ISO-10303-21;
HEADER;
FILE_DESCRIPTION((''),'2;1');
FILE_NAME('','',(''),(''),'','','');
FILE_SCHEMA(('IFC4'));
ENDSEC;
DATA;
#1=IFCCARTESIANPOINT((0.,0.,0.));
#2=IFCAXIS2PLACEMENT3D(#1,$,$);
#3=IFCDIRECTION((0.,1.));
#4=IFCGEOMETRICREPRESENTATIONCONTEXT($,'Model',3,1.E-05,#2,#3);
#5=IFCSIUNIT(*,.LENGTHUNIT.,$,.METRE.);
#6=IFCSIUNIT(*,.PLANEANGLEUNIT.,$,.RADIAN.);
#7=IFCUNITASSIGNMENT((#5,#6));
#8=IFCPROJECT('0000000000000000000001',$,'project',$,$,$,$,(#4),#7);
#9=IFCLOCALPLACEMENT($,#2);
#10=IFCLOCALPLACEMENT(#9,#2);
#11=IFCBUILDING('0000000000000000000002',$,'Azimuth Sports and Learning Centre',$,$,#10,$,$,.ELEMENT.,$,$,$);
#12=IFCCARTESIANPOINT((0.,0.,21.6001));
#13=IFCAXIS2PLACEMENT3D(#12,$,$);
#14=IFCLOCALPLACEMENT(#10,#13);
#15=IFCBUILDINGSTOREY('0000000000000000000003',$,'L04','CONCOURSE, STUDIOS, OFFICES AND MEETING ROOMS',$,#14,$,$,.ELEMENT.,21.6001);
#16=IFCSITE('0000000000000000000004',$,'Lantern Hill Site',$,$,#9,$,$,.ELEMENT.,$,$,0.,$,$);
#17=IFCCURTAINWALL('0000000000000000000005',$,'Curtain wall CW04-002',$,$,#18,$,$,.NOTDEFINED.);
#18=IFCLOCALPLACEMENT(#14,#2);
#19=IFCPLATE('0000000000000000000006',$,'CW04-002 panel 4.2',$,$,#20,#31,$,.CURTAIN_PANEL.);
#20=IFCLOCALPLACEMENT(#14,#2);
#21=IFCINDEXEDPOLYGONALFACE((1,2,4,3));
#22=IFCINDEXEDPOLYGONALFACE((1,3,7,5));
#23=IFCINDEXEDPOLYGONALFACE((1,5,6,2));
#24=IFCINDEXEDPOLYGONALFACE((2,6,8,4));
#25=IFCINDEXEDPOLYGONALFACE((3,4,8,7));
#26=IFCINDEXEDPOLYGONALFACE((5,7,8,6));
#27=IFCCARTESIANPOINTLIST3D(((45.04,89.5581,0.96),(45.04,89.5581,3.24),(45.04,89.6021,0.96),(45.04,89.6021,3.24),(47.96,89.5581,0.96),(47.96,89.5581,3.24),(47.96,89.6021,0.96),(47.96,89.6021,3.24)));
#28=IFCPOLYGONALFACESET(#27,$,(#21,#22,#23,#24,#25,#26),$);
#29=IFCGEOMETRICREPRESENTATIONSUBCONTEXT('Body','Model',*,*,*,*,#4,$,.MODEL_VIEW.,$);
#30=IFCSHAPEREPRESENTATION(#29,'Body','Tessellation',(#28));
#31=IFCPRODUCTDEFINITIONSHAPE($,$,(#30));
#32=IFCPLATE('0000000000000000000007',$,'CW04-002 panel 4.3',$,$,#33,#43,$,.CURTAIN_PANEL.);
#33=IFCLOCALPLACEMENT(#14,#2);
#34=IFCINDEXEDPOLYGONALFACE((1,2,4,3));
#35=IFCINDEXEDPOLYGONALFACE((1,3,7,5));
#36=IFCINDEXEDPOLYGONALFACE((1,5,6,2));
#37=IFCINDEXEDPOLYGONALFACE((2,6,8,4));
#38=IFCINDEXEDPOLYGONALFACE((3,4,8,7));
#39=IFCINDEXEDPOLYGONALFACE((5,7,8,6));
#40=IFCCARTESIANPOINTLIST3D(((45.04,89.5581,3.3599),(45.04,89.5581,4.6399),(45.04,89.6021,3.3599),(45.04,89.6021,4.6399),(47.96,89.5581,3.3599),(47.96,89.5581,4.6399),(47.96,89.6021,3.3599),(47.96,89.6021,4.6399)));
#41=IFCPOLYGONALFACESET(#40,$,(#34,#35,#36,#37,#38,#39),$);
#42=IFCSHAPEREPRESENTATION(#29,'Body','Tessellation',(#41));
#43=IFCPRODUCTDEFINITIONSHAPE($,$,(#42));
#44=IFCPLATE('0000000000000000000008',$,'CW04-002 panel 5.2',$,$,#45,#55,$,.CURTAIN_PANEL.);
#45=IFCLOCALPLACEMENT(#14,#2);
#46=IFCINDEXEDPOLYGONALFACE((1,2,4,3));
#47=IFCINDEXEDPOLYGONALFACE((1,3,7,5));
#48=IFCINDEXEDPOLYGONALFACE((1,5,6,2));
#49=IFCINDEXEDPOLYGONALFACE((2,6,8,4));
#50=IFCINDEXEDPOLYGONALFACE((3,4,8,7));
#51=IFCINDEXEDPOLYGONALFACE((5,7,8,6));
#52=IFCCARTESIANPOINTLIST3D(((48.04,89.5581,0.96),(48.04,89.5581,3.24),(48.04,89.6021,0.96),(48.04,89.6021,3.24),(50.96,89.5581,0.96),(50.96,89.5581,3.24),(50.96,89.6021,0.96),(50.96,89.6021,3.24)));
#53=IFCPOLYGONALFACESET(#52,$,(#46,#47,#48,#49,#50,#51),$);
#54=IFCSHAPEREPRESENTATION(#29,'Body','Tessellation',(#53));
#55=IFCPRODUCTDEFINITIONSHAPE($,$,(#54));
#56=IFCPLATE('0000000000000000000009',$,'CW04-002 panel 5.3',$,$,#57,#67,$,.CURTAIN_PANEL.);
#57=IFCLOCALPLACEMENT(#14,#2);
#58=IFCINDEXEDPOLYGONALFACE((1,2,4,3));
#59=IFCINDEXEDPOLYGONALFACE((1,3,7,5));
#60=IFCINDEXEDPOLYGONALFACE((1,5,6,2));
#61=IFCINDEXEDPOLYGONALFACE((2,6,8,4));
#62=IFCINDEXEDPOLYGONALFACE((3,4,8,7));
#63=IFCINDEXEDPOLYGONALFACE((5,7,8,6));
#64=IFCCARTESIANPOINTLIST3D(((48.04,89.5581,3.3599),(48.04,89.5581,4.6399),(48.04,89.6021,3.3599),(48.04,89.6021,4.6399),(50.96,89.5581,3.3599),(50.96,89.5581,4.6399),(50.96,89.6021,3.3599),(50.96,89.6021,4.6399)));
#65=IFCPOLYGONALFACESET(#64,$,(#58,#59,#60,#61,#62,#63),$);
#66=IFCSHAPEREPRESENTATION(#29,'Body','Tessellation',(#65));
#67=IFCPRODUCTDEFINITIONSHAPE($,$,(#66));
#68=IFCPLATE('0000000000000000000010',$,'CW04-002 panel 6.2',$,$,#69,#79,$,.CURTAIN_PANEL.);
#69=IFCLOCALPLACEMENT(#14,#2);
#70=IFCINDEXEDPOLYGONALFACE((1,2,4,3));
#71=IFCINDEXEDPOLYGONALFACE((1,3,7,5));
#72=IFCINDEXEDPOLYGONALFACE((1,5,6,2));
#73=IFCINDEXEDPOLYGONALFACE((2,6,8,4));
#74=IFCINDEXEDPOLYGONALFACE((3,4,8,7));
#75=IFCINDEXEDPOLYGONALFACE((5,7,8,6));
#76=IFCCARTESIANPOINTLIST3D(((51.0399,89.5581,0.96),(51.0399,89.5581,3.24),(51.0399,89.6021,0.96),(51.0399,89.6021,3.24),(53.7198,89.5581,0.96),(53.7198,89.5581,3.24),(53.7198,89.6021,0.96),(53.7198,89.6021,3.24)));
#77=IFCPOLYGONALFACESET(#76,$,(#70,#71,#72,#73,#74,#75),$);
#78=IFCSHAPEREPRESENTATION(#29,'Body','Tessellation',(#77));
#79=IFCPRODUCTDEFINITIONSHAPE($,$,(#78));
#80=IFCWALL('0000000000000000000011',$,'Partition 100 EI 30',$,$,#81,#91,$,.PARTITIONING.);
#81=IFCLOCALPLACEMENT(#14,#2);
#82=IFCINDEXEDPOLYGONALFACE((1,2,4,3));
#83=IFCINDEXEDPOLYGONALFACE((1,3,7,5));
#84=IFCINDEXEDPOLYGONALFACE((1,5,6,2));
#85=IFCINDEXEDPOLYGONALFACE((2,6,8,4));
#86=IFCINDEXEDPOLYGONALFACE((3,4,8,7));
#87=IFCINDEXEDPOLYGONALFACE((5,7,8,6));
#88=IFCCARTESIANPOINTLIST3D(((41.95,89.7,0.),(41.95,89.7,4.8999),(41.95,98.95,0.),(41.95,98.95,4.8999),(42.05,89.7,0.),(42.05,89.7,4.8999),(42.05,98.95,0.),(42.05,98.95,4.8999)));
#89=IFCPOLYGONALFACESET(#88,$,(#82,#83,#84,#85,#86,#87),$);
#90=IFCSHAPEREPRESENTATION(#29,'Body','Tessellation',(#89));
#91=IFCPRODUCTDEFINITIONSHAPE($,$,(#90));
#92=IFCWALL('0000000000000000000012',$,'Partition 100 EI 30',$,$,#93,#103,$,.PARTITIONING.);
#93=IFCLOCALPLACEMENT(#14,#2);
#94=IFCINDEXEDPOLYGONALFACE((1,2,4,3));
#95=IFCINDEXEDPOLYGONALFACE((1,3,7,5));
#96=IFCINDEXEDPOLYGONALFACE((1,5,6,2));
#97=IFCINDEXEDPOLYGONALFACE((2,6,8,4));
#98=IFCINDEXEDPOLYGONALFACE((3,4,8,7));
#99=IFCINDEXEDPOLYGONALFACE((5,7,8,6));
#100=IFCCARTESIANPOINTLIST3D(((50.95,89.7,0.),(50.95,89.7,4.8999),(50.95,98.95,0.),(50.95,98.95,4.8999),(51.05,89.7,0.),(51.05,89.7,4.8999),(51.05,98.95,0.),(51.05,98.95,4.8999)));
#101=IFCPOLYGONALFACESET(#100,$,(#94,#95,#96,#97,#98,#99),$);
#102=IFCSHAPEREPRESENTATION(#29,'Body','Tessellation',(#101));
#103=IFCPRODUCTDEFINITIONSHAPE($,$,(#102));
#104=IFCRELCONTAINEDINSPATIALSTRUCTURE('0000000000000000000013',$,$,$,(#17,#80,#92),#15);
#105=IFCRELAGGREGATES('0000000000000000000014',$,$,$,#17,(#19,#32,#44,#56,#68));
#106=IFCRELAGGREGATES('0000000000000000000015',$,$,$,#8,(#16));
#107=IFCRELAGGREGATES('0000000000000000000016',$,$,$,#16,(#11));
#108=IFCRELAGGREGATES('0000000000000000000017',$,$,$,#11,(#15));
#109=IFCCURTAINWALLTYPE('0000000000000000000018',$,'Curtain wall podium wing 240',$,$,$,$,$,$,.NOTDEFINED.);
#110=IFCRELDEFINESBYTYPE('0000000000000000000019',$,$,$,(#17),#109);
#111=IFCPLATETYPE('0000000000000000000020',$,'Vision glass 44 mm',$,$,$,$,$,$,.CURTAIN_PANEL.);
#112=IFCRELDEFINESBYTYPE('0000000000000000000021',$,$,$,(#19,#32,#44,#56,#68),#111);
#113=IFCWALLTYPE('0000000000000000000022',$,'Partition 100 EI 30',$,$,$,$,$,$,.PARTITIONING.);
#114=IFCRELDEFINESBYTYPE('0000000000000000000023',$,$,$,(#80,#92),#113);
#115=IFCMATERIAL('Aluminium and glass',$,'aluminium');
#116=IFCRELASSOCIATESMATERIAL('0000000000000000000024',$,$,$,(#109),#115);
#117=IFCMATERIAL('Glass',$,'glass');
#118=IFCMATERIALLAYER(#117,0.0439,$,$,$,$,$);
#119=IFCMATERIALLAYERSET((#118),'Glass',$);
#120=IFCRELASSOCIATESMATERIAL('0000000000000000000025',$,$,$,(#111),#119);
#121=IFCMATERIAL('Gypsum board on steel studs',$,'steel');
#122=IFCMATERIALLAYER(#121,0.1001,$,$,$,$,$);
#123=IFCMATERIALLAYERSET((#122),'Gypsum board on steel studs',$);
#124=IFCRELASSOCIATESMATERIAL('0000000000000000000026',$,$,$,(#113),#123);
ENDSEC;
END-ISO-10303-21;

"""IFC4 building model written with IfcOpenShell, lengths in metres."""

from ifc_helpers import new_model, si_unit, direction, frame, frame_2d, origin, origin_2d, place, context, subcontext, project, spatial, rectangle, extrude, material, layer, layer_set, type_object, element, aggregate, save


model = new_model("IFC4")

# Units and contexts
model_context = context("Model", 3, precision=1e-05, world=origin(), true_north=direction((0.0, 1.0)))
body_context = subcontext(model_context, "Body", "Model", "MODEL_VIEW")
ifc_project = project(units=[si_unit("LENGTHUNIT", "METRE"), si_unit("PLANEANGLEUNIT", "RADIAN")], contexts=[model_context])

# Site, building, storey
site_placement = place(None, origin())
site = spatial("IfcSite", under=ifc_project, at=site_placement, Name="Lantern Hill Site", CompositionType="ELEMENT", RefElevation=0.0)
building_placement = place(site_placement, origin())
building = spatial("IfcBuilding", under=site, at=building_placement, Name="Azimuth Sports and Learning Centre", CompositionType="ELEMENT")
storey_placement = place(building_placement, frame((0.0, 0.0, 21.6001)))
storey = spatial("IfcBuildingStorey", under=building, at=storey_placement, Name="L04", Description="CONCOURSE, STUDIOS, OFFICES AND MEETING ROOMS", CompositionType="ELEMENT", Elevation=21.6001)

# Curtain wall, plates
ifc_material_1 = material(Name="Aluminium and glass", Category="aluminium")
curtain_wall_type = type_object("IfcCurtainWallType", Name="Curtain wall podium wing 240", PredefinedType="NOTDEFINED", material=ifc_material_1)
curtain_wall_placement = place(storey_placement, origin())
curtain_wall = element("IfcCurtainWall", 1, at=curtain_wall_placement, inside=storey, type_object=curtain_wall_type, Name="Curtain wall CW04-002", PredefinedType="NOTDEFINED")
ifc_material_2 = material(Name="Glass", Category="glass")
ifc_layer_1 = layer(ifc_material_2, 0.0439)
ifc_layer_set_1 = layer_set([ifc_layer_1], Name="Glass")
plate_type_1 = type_object("IfcPlateType", Name="Vision glass 44 mm", PredefinedType="CURTAIN_PANEL", material=ifc_layer_set_1)
plate_1_placement = place(storey_placement, frame((46.5, 89.5801, 0.96), z_axis=(0.0, 0.0, 1.0), x_axis=(1.0, 0.0, 0.0)))
plate_1 = element("IfcPlate", 2, at=plate_1_placement, type_object=plate_type_1, Name="CW04-002 panel 4.2", PredefinedType="CURTAIN_PANEL", context=body_context, shape_type="SweptSolid", body=[
    extrude(rectangle(XDim=2.9199, YDim=0.0439, at=origin_2d()), origin(), (0.0, 0.0, 1.0), 2.28),
])
plate_2_placement = place(storey_placement, frame((46.5, 89.5801, 3.3599), z_axis=(0.0, 0.0, 1.0), x_axis=(1.0, 0.0, 0.0)))
plate_2 = element("IfcPlate", 3, at=plate_2_placement, type_object=plate_type_1, Name="CW04-002 panel 4.3", PredefinedType="CURTAIN_PANEL", context=body_context, shape_type="SweptSolid", body=[
    extrude(rectangle(XDim=2.9199, YDim=0.0439, at=origin_2d()), origin(), (0.0, 0.0, 1.0), 1.28),
])
plate_3_placement = place(storey_placement, frame((49.5, 89.5801, 0.96), z_axis=(0.0, 0.0, 1.0), x_axis=(1.0, 0.0, 0.0)))
plate_3 = element("IfcPlate", 4, at=plate_3_placement, type_object=plate_type_1, Name="CW04-002 panel 5.2", PredefinedType="CURTAIN_PANEL", context=body_context, shape_type="SweptSolid", body=[
    extrude(rectangle(XDim=2.9199, YDim=0.0439, at=origin_2d()), origin(), (0.0, 0.0, 1.0), 2.28),
])
plate_4_placement = place(storey_placement, frame((49.5, 89.5801, 3.3599), z_axis=(0.0, 0.0, 1.0), x_axis=(1.0, 0.0, 0.0)))
plate_4 = element("IfcPlate", 5, at=plate_4_placement, type_object=plate_type_1, Name="CW04-002 panel 5.3", PredefinedType="CURTAIN_PANEL", context=body_context, shape_type="SweptSolid", body=[
    extrude(rectangle(XDim=2.9199, YDim=0.0439, at=origin_2d()), origin(), (0.0, 0.0, 1.0), 1.28),
])
plate_5_placement = place(storey_placement, frame((52.3799, 89.5801, 0.96), z_axis=(0.0, 0.0, 1.0), x_axis=(1.0, 0.0, 0.0)))
plate_5 = element("IfcPlate", 6, at=plate_5_placement, type_object=plate_type_1, Name="CW04-002 panel 6.2", PredefinedType="CURTAIN_PANEL", context=body_context, shape_type="SweptSolid", body=[
    extrude(rectangle(XDim=2.6799, YDim=0.0439, at=origin_2d()), origin(), (0.0, 0.0, 1.0), 2.28),
])
aggregate(curtain_wall, [plate_1, plate_2, plate_3, plate_4, plate_5])

# Walls
ifc_material_3 = material(Name="Gypsum board on steel studs", Category="steel")
ifc_layer_2 = layer(ifc_material_3, 0.1001)
ifc_layer_set_2 = layer_set([ifc_layer_2], Name="Gypsum board on steel studs")
wall_type = type_object("IfcWallType", Name="Partition 100 EI 30", PredefinedType="PARTITIONING", material=ifc_layer_set_2)
for number, where, z_axis, x_axis, name in (
    (7, (42.0, 89.7, 0.0), (0.0, 0.0, 1.0), (0.0, 1.0, 0.0), "Partition 100 EI 30"),
    (8, (51.0, 89.7, 0.0), (0.0, 0.0, 1.0), (0.0, 1.0, 0.0), "Partition 100 EI 30"),
):
    element("IfcWall", number, at=place(storey_placement, frame(where, z_axis=z_axis, x_axis=x_axis)), inside=storey, type_object=wall_type, Name=name, PredefinedType="PARTITIONING", context=body_context, shape_type="SweptSolid", body=[
        extrude(rectangle(XDim=9.25, YDim=0.1001, at=frame_2d((4.625, 0.0))), origin(), (0.0, 0.0, 1.0), 4.8999),
    ])

save(model, "model.ifc")
